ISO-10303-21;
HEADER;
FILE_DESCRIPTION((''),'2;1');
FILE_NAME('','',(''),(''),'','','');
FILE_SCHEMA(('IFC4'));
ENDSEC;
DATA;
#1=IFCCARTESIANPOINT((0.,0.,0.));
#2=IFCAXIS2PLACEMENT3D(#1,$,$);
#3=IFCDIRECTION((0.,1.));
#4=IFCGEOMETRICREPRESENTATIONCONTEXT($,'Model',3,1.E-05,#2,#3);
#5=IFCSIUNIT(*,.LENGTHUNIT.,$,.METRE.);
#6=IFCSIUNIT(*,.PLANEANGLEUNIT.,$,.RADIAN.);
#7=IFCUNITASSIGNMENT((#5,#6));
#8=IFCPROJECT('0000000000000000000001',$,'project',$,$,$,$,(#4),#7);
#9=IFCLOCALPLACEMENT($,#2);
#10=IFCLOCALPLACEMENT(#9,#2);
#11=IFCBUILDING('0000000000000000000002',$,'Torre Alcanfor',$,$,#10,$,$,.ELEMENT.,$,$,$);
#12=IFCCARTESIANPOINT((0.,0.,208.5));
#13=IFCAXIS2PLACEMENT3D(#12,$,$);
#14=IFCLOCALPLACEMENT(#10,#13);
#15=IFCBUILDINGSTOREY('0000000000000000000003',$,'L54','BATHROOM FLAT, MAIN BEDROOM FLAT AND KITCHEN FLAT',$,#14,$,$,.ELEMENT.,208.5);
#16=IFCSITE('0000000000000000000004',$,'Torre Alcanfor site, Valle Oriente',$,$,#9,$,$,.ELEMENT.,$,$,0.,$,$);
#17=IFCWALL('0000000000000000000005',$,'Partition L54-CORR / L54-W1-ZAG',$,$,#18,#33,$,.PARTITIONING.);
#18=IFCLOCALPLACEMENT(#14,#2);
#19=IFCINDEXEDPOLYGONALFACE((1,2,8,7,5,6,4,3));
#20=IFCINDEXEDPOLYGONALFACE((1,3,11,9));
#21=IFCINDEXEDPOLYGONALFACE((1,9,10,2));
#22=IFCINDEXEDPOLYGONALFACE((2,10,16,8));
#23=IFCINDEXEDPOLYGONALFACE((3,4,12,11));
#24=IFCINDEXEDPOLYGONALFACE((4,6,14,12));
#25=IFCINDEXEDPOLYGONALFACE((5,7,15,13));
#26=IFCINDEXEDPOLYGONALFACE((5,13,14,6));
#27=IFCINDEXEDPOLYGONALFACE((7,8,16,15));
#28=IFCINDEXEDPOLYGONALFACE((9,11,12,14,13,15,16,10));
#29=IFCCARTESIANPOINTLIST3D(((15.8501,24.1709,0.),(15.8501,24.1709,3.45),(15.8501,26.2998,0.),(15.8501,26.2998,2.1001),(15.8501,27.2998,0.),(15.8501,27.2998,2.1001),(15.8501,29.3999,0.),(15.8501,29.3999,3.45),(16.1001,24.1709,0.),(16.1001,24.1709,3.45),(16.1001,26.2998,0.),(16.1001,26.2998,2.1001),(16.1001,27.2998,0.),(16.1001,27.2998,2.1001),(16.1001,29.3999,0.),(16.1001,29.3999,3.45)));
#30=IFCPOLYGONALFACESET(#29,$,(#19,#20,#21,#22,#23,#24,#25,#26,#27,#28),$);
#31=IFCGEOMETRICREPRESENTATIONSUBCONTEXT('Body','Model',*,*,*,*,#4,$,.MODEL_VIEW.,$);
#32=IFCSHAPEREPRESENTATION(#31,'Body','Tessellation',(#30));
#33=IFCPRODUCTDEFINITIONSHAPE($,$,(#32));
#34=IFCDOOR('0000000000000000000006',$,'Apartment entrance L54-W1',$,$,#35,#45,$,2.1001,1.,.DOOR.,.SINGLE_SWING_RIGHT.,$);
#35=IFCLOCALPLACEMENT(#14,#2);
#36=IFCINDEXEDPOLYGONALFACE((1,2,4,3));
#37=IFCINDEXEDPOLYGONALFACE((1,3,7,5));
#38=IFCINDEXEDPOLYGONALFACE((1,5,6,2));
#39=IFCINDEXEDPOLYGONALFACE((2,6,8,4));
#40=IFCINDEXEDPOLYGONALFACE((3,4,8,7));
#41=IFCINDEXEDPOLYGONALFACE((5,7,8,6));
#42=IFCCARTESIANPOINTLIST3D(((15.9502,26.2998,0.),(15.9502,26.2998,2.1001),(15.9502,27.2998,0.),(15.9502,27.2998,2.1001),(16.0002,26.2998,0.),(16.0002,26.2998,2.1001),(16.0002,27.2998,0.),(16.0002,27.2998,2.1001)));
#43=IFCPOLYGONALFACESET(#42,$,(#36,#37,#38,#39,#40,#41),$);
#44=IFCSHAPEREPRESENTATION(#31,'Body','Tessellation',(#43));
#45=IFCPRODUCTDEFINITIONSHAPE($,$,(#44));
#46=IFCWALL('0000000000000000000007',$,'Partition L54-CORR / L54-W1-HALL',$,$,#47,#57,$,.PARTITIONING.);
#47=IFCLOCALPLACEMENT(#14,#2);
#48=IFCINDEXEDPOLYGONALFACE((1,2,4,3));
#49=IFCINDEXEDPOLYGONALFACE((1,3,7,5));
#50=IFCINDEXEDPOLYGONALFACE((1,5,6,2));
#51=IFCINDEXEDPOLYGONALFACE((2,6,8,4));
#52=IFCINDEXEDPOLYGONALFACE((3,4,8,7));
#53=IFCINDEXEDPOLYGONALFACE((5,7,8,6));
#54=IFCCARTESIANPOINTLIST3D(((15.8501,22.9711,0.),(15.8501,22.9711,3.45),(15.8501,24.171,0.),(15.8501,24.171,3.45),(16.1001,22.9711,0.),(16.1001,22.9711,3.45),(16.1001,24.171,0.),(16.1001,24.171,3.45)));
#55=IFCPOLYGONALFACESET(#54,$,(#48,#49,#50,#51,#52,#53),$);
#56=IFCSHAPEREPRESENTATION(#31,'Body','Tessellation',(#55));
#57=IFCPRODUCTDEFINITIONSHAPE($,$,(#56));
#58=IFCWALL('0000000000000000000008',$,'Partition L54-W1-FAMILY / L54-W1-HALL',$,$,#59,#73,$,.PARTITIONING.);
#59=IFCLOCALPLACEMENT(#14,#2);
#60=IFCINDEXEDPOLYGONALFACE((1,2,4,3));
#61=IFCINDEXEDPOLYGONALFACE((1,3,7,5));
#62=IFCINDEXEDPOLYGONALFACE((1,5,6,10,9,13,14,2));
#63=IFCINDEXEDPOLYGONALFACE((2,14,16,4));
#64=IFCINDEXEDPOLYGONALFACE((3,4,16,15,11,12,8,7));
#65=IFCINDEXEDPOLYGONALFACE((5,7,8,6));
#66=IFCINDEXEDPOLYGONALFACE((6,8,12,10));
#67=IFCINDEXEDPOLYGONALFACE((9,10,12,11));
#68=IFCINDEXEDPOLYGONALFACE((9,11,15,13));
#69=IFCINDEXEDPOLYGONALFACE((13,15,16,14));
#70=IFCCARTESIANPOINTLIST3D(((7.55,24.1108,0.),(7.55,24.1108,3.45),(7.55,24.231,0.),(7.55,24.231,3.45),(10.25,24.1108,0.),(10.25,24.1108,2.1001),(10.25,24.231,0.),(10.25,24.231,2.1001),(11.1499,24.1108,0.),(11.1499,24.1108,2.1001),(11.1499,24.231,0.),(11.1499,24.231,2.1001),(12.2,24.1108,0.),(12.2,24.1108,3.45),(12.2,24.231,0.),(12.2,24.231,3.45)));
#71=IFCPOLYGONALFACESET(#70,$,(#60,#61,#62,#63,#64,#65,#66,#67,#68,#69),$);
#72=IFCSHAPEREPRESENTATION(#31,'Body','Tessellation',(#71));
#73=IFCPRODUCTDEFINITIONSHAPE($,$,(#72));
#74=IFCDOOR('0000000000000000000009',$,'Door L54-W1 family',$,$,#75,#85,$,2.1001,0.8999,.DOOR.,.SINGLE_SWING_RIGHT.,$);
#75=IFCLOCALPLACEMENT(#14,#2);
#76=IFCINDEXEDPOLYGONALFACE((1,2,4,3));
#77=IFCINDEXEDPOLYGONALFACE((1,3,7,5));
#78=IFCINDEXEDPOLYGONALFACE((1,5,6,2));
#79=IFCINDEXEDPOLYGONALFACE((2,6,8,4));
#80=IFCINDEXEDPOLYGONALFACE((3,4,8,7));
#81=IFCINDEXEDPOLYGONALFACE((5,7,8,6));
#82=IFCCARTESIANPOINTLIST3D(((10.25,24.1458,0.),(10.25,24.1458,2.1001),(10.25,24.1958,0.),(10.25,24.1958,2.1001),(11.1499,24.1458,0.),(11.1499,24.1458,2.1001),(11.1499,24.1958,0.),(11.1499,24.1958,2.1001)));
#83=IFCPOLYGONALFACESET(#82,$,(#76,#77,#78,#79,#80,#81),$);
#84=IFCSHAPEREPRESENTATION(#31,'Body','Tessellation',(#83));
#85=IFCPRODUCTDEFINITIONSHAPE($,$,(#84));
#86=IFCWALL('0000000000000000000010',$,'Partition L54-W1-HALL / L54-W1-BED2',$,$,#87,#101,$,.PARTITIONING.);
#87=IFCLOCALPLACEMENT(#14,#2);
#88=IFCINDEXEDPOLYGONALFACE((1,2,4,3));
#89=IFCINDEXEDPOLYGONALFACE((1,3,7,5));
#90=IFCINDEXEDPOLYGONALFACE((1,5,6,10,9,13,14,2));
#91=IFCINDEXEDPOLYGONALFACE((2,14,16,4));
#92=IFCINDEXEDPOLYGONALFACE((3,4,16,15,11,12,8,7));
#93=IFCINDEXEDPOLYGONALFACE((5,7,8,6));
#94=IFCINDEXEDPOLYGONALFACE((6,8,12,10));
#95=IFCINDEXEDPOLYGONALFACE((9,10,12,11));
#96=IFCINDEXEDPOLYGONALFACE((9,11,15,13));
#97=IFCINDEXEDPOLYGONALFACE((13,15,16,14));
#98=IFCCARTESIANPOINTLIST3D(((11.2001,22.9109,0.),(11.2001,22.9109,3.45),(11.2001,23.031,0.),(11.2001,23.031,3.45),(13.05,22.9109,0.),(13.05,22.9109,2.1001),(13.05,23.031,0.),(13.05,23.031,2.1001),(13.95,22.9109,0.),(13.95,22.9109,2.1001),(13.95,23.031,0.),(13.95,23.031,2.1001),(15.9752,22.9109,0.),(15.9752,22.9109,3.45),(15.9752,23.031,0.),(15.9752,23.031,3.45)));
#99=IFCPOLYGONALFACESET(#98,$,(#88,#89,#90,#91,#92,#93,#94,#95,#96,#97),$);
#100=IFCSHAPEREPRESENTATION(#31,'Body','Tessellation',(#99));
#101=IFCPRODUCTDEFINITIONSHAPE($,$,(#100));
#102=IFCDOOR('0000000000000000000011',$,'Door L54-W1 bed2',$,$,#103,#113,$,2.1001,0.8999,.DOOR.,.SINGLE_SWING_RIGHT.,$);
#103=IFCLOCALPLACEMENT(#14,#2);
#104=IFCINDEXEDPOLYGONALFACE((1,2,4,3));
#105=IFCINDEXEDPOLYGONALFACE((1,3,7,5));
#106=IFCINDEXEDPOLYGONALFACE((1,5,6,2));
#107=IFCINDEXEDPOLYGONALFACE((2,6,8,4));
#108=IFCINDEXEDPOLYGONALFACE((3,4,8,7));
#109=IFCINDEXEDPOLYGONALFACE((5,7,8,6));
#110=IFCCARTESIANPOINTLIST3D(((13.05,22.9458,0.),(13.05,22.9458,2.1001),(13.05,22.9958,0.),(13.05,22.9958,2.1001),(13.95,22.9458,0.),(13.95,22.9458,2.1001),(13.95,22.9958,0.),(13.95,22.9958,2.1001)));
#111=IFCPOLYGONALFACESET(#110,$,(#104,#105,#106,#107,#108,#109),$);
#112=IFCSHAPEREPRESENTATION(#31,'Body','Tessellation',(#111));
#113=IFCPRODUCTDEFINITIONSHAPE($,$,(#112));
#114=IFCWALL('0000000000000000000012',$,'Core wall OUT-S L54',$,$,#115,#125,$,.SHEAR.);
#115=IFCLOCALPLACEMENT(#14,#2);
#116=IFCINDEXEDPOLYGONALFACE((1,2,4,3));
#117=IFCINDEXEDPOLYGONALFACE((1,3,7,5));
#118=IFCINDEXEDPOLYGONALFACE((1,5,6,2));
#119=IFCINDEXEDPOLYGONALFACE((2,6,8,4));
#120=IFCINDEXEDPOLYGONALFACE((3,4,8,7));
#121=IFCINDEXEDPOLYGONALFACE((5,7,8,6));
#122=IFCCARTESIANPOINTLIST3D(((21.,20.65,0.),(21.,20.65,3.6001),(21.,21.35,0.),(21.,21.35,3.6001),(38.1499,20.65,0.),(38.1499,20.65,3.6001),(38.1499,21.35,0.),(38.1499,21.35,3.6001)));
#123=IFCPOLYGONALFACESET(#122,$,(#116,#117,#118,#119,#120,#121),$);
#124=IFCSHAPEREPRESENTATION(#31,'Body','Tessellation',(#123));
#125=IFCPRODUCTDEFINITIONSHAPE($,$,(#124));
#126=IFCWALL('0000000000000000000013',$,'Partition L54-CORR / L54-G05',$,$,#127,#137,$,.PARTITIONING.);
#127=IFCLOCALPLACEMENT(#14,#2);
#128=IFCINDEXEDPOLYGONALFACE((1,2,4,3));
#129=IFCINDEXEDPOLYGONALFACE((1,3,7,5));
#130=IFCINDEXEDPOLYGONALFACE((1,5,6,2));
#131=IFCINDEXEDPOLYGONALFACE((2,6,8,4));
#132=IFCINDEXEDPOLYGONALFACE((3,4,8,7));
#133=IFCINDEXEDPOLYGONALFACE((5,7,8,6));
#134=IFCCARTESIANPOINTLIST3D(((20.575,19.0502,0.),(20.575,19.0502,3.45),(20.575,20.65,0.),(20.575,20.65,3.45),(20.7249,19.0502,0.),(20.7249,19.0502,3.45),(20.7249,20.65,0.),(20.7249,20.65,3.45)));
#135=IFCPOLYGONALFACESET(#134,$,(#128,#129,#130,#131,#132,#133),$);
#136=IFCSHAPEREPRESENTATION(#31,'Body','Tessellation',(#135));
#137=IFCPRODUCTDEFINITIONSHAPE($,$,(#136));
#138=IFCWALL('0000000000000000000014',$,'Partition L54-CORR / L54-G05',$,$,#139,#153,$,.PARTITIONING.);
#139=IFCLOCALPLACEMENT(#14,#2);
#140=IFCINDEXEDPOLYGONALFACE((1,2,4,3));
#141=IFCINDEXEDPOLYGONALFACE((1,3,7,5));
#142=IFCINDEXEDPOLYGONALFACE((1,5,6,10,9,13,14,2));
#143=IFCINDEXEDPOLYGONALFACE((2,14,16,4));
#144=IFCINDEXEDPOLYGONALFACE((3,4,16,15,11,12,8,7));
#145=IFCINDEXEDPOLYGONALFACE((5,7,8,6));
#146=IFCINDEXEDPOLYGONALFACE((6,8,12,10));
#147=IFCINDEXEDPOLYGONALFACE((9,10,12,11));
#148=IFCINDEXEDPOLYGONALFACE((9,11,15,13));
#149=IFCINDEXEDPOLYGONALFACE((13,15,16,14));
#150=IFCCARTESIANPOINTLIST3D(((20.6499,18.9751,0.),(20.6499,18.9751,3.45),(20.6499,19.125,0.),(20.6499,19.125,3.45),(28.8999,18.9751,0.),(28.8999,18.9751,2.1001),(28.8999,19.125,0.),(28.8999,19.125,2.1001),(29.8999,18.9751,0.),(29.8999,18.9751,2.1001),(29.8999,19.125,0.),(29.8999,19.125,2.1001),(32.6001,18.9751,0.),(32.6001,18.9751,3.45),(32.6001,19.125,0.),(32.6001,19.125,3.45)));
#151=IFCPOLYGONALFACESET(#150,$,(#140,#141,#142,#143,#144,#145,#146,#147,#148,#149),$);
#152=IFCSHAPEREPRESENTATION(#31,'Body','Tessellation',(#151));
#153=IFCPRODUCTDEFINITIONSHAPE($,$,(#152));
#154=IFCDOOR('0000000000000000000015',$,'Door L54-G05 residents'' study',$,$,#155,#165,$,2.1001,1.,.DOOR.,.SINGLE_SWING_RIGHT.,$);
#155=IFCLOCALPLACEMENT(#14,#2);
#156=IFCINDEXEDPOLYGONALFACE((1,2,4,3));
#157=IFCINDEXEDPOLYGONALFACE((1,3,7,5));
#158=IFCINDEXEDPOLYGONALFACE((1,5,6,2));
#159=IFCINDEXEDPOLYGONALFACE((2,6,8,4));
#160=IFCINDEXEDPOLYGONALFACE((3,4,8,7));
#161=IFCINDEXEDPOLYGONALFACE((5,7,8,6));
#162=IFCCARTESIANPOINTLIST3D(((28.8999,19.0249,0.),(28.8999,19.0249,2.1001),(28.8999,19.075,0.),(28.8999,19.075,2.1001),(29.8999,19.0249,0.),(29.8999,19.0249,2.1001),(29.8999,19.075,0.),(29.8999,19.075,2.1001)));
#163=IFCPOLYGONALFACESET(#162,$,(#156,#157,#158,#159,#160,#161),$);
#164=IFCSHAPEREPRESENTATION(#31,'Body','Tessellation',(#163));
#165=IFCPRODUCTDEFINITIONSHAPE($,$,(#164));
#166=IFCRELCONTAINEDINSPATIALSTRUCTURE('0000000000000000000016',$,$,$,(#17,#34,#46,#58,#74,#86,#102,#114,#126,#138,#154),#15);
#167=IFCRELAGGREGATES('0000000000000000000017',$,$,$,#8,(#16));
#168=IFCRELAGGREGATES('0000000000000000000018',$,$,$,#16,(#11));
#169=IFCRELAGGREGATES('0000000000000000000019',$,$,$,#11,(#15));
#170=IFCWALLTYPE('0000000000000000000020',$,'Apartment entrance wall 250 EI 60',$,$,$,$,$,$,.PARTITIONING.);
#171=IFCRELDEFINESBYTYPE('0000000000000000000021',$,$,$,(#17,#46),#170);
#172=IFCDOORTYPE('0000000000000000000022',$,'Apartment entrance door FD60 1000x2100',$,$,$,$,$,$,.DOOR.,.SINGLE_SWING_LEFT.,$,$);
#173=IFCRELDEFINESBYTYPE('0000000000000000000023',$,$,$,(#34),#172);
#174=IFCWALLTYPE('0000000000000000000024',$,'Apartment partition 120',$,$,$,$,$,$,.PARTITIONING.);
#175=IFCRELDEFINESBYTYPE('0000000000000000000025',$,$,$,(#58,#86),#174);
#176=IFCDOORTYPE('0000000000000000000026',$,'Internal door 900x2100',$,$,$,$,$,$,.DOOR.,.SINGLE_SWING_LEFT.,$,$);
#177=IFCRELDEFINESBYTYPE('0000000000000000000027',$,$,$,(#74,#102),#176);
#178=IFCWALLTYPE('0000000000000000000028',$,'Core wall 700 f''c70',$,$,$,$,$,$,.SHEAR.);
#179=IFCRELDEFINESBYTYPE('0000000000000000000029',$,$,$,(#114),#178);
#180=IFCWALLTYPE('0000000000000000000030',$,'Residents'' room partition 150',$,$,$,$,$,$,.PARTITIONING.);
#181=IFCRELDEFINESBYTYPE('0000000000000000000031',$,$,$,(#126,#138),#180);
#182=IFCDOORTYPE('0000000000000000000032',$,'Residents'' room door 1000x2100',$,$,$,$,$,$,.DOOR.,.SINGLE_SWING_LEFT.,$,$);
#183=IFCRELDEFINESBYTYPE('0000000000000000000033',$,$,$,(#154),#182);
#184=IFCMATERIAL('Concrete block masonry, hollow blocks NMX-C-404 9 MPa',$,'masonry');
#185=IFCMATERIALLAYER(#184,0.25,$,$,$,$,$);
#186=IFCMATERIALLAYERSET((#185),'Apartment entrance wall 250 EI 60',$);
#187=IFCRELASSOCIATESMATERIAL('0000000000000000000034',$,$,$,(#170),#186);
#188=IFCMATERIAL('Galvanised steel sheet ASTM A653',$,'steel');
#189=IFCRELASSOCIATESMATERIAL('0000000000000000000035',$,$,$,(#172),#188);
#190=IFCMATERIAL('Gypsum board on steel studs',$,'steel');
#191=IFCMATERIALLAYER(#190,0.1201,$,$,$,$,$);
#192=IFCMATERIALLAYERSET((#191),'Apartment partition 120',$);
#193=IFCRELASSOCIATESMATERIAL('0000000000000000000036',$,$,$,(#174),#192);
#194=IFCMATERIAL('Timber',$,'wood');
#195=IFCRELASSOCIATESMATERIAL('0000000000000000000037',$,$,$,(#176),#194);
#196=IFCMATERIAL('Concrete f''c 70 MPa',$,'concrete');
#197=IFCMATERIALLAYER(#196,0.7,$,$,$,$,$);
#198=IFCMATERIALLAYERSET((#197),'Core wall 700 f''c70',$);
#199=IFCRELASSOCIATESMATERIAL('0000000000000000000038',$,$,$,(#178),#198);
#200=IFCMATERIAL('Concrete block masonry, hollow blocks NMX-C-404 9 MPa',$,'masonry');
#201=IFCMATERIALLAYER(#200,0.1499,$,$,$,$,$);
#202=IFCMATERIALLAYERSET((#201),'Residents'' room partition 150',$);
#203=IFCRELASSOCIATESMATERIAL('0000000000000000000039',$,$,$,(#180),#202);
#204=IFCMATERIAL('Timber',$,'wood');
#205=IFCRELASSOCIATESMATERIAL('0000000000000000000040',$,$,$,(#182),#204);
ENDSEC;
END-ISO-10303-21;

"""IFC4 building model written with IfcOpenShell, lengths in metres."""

from ifc_helpers import new_model, si_unit, direction, frame, frame_2d, origin, place, context, subcontext, project, spatial, rectangle, extrude, material, layer, layer_set, type_object, element, fill, save


model = new_model("IFC4")

# Units and contexts
model_context = context("Model", 3, precision=1e-05, world=origin(), true_north=direction((0.0, 1.0)))
body_context = subcontext(model_context, "Body", "Model", "MODEL_VIEW")
ifc_project = project(units=[si_unit("LENGTHUNIT", "METRE"), si_unit("PLANEANGLEUNIT", "RADIAN")], contexts=[model_context])

# Site, building, storey
site_placement = place(None, origin())
site = spatial("IfcSite", under=ifc_project, at=site_placement, Name="Torre Alcanfor site, Valle Oriente", CompositionType="ELEMENT", RefElevation=0.0)
building_placement = place(site_placement, origin())
building = spatial("IfcBuilding", under=site, at=building_placement, Name="Torre Alcanfor", CompositionType="ELEMENT")
storey_placement = place(building_placement, frame((0.0, 0.0, 208.5)))
storey = spatial("IfcBuildingStorey", under=building, at=storey_placement, Name="L54", Description="BATHROOM FLAT, MAIN BEDROOM FLAT AND KITCHEN FLAT", CompositionType="ELEMENT", Elevation=208.5)

# Wall, opening, door
ifc_material_1 = material(Name="Concrete block masonry, hollow blocks NMX-C-404 9 MPa", Category="masonry")
ifc_layer_1 = layer(ifc_material_1, 0.25)
ifc_layer_set_1 = layer_set([ifc_layer_1], Name="Apartment entrance wall 250 EI 60")
wall_type_1 = type_object("IfcWallType", Name="Apartment entrance wall 250 EI 60", PredefinedType="PARTITIONING", material=ifc_layer_set_1)
wall_1_placement = place(storey_placement, frame((15.9751, 24.1709, 0.0), z_axis=(0.0, 0.0, 1.0), x_axis=(0.0, 1.0, 0.0)))
wall_1 = element("IfcWall", 1, at=wall_1_placement, inside=storey, type_object=wall_type_1, Name="Partition L54-CORR / L54-W1-ZAG", PredefinedType="PARTITIONING", context=body_context, shape_type="SweptSolid", body=[
    extrude(rectangle(XDim=5.229, YDim=0.25, at=frame_2d((2.6145, 0.0))), origin(), (0.0, 0.0, 1.0), 3.45),
])
opening_1_placement = place(wall_1_placement, frame((2.1289, 0.0, 0.0)))
opening_1 = element("IfcOpeningElement", 2, at=opening_1_placement, cuts=wall_1, PredefinedType="OPENING", context=body_context, shape_type="SweptSolid", body=[
    extrude(rectangle(XDim=1.0, YDim=2.1001, at=frame_2d((0.5, 1.05))), frame((0.0, 0.135, 0.0), z_axis=(0.0, -1.0, 0.0), x_axis=(1.0, 0.0, 0.0)), (0.0, 0.0, 1.0), 0.27),
])
ifc_material_2 = material(Name="Galvanised steel sheet ASTM A653", Category="steel")
door_type_1 = type_object("IfcDoorType", Name="Apartment entrance door FD60 1000x2100", OperationType="SINGLE_SWING_LEFT", PredefinedType="DOOR", material=ifc_material_2)
door_1_placement = place(opening_1_placement, origin())
door_1 = element("IfcDoor", 3, at=door_1_placement, inside=storey, type_object=door_type_1, Name="Apartment entrance L54-W1", OperationType="SINGLE_SWING_RIGHT", OverallHeight=2.1001, OverallWidth=1.0, PredefinedType="DOOR", context=body_context, shape_type="SweptSolid", body=[
    extrude(rectangle(XDim=1.0, YDim=2.1001, at=frame_2d((0.5, 1.05))), frame((0.0, 0.0249, 0.0), z_axis=(0.0, -1.0, 0.0), x_axis=(1.0, 0.0, 0.0)), (0.0, 0.0, 1.0), 0.05),
])
fill(opening_1, door_1)

# Wall
wall_2_placement = place(storey_placement, frame((15.9751, 22.9709, 0.0), z_axis=(0.0, 0.0, 1.0), x_axis=(0.0, 1.0, 0.0)))
element("IfcWall", 4, at=wall_2_placement, inside=storey, type_object=wall_type_1, Name="Partition L54-CORR / L54-W1-HALL", PredefinedType="PARTITIONING", context=body_context, shape_type="SweptSolid", body=[
    extrude(rectangle(XDim=1.2, YDim=0.25, at=frame_2d((0.6001, 0.0))), origin(), (0.0, 0.0, 1.0), 3.45),
])

# Walls, openings, doors
ifc_material_3 = material(Name="Gypsum board on steel studs", Category="steel")
ifc_layer_2 = layer(ifc_material_3, 0.1201)
ifc_layer_set_2 = layer_set([ifc_layer_2], Name="Apartment partition 120")
wall_type_2 = type_object("IfcWallType", Name="Apartment partition 120", PredefinedType="PARTITIONING", material=ifc_layer_set_2)
wall_3_placement = place(storey_placement, frame((7.55, 24.1709, 0.0), z_axis=(0.0, 0.0, 1.0), x_axis=(1.0, 0.0, 0.0)))
wall_3 = element("IfcWall", 5, at=wall_3_placement, inside=storey, type_object=wall_type_2, Name="Partition L54-W1-FAMILY / L54-W1-HALL", PredefinedType="PARTITIONING", context=body_context, shape_type="SweptSolid", body=[
    extrude(rectangle(XDim=4.6499, YDim=0.1201, at=frame_2d((2.325, 0.0))), origin(), (0.0, 0.0, 1.0), 3.45),
])
opening_2_placement = place(wall_3_placement, frame((2.7, 0.0, 0.0)))
opening_2 = element("IfcOpeningElement", 6, at=opening_2_placement, cuts=wall_3, PredefinedType="OPENING", context=body_context, shape_type="SweptSolid", body=[
    extrude(rectangle(XDim=0.8999, YDim=2.1001, at=frame_2d((0.45, 1.05))), frame((0.0, 0.0701, 0.0), z_axis=(0.0, -1.0, 0.0), x_axis=(1.0, 0.0, 0.0)), (0.0, 0.0, 1.0), 0.1401),
])
ifc_material_4 = material(Name="Timber", Category="wood")
door_type_2 = type_object("IfcDoorType", Name="Internal door 900x2100", OperationType="SINGLE_SWING_LEFT", PredefinedType="DOOR", material=ifc_material_4)
door_2_placement = place(opening_2_placement, origin())
door_2 = element("IfcDoor", 7, at=door_2_placement, inside=storey, type_object=door_type_2, Name="Door L54-W1 family", OperationType="SINGLE_SWING_RIGHT", OverallHeight=2.1001, OverallWidth=0.8999, PredefinedType="DOOR", context=body_context, shape_type="SweptSolid", body=[
    extrude(rectangle(XDim=0.8999, YDim=2.1001, at=frame_2d((0.45, 1.05))), frame((0.0, 0.0249, 0.0), z_axis=(0.0, -1.0, 0.0), x_axis=(1.0, 0.0, 0.0)), (0.0, 0.0, 1.0), 0.05),
])
fill(opening_2, door_2)
wall_4_placement = place(storey_placement, frame((11.2, 22.9709, 0.0), z_axis=(0.0, 0.0, 1.0), x_axis=(1.0, 0.0, 0.0)))
wall_4 = element("IfcWall", 8, at=wall_4_placement, inside=storey, type_object=wall_type_2, Name="Partition L54-W1-HALL / L54-W1-BED2", PredefinedType="PARTITIONING", context=body_context, shape_type="SweptSolid", body=[
    extrude(rectangle(XDim=4.7751, YDim=0.1201, at=frame_2d((2.3877, 0.0))), origin(), (0.0, 0.0, 1.0), 3.45),
])
opening_3_placement = place(wall_4_placement, frame((1.8501, 0.0, 0.0)))
opening_3 = element("IfcOpeningElement", 9, at=opening_3_placement, cuts=wall_4, PredefinedType="OPENING", context=body_context, shape_type="SweptSolid", body=[
    extrude(rectangle(XDim=0.8999, YDim=2.1001, at=frame_2d((0.45, 1.05))), frame((0.0, 0.0701, 0.0), z_axis=(0.0, -1.0, 0.0), x_axis=(1.0, 0.0, 0.0)), (0.0, 0.0, 1.0), 0.1401),
])
door_3_placement = place(opening_3_placement, frame((0.8999, 0.0, 0.0), z_axis=(0.0, 0.0, 1.0), x_axis=(-1.0, 0.0, 0.0)))
door_3 = element("IfcDoor", 10, at=door_3_placement, inside=storey, type_object=door_type_2, Name="Door L54-W1 bed2", OperationType="SINGLE_SWING_RIGHT", OverallHeight=2.1001, OverallWidth=0.8999, PredefinedType="DOOR", context=body_context, shape_type="SweptSolid", body=[
    extrude(rectangle(XDim=0.8999, YDim=2.1001, at=frame_2d((0.45, 1.05))), frame((0.0, 0.0251, 0.0), z_axis=(0.0, -1.0, 0.0), x_axis=(1.0, 0.0, 0.0)), (0.0, 0.0, 1.0), 0.05),
])
fill(opening_3, door_3)

# Walls
ifc_material_5 = material(Name="Concrete f'c 70 MPa", Category="concrete")
ifc_layer_3 = layer(ifc_material_5, 0.7)
ifc_layer_set_3 = layer_set([ifc_layer_3], Name="Core wall 700 f'c70")
wall_type_3 = type_object("IfcWallType", Name="Core wall 700 f'c70", PredefinedType="SHEAR", material=ifc_layer_set_3)
wall_5_placement = place(storey_placement, frame((21.0, 21.0, 0.0), z_axis=(0.0, 0.0, 1.0), x_axis=(1.0, 0.0, 0.0)))
element("IfcWall", 11, at=wall_5_placement, inside=storey, type_object=wall_type_3, Name="Core wall OUT-S L54", PredefinedType="SHEAR", context=body_context, shape_type="SweptSolid", body=[
    extrude(rectangle(XDim=17.1499, YDim=0.7, at=frame_2d((8.575, 0.0))), origin(), (0.0, 0.0, 1.0), 3.6001),
])
ifc_material_6 = material(Name="Concrete block masonry, hollow blocks NMX-C-404 9 MPa", Category="masonry")
ifc_layer_4 = layer(ifc_material_6, 0.1499)
ifc_layer_set_4 = layer_set([ifc_layer_4], Name="Residents' room partition 150")
wall_type_4 = type_object("IfcWallType", Name="Residents' room partition 150", PredefinedType="PARTITIONING", material=ifc_layer_set_4)
wall_6_placement = place(storey_placement, frame((20.6499, 20.6499, 0.0), z_axis=(0.0, 0.0, 1.0), x_axis=(0.0, -1.0, 0.0)))
element("IfcWall", 12, at=wall_6_placement, inside=storey, type_object=wall_type_4, Name="Partition L54-CORR / L54-G05", PredefinedType="PARTITIONING", context=body_context, shape_type="SweptSolid", body=[
    extrude(rectangle(XDim=1.5999, YDim=0.1499, at=frame_2d((0.7998, 0.0))), origin(), (0.0, 0.0, 1.0), 3.45),
])

# Wall, opening, door
wall_7_placement = place(storey_placement, frame((20.6499, 19.05, 0.0), z_axis=(0.0, 0.0, 1.0), x_axis=(1.0, 0.0, 0.0)))
wall_7 = element("IfcWall", 13, at=wall_7_placement, inside=storey, type_object=wall_type_4, Name="Partition L54-CORR / L54-G05", PredefinedType="PARTITIONING", context=body_context, shape_type="SweptSolid", body=[
    extrude(rectangle(XDim=11.9502, YDim=0.1499, at=frame_2d((5.9751, 0.0))), origin(), (0.0, 0.0, 1.0), 3.45),
])
opening_4_placement = place(wall_7_placement, frame((8.25, 0.0, 0.0)))
opening_4 = element("IfcOpeningElement", 14, at=opening_4_placement, cuts=wall_7, PredefinedType="OPENING", context=body_context, shape_type="SweptSolid", body=[
    extrude(rectangle(XDim=1.0, YDim=2.1001, at=frame_2d((0.5, 1.05))), frame((0.0, 0.085, 0.0), z_axis=(0.0, -1.0, 0.0), x_axis=(1.0, 0.0, 0.0)), (0.0, 0.0, 1.0), 0.1699),
])
ifc_material_7 = material(Name="Timber", Category="wood")
door_type_3 = type_object("IfcDoorType", Name="Residents' room door 1000x2100", OperationType="SINGLE_SWING_LEFT", PredefinedType="DOOR", material=ifc_material_7)
door_4_placement = place(opening_4_placement, origin())
door_4 = element("IfcDoor", 15, at=door_4_placement, inside=storey, type_object=door_type_3, Name="Door L54-G05 residents' study", OperationType="SINGLE_SWING_RIGHT", OverallHeight=2.1001, OverallWidth=1.0, PredefinedType="DOOR", context=body_context, shape_type="SweptSolid", body=[
    extrude(rectangle(XDim=1.0, YDim=2.1001, at=frame_2d((0.5, 1.05))), frame((0.0, 0.0249, 0.0), z_axis=(0.0, -1.0, 0.0), x_axis=(1.0, 0.0, 0.0)), (0.0, 0.0, 1.0), 0.05),
])
fill(opening_4, door_4)

save(model, "model.ifc")
